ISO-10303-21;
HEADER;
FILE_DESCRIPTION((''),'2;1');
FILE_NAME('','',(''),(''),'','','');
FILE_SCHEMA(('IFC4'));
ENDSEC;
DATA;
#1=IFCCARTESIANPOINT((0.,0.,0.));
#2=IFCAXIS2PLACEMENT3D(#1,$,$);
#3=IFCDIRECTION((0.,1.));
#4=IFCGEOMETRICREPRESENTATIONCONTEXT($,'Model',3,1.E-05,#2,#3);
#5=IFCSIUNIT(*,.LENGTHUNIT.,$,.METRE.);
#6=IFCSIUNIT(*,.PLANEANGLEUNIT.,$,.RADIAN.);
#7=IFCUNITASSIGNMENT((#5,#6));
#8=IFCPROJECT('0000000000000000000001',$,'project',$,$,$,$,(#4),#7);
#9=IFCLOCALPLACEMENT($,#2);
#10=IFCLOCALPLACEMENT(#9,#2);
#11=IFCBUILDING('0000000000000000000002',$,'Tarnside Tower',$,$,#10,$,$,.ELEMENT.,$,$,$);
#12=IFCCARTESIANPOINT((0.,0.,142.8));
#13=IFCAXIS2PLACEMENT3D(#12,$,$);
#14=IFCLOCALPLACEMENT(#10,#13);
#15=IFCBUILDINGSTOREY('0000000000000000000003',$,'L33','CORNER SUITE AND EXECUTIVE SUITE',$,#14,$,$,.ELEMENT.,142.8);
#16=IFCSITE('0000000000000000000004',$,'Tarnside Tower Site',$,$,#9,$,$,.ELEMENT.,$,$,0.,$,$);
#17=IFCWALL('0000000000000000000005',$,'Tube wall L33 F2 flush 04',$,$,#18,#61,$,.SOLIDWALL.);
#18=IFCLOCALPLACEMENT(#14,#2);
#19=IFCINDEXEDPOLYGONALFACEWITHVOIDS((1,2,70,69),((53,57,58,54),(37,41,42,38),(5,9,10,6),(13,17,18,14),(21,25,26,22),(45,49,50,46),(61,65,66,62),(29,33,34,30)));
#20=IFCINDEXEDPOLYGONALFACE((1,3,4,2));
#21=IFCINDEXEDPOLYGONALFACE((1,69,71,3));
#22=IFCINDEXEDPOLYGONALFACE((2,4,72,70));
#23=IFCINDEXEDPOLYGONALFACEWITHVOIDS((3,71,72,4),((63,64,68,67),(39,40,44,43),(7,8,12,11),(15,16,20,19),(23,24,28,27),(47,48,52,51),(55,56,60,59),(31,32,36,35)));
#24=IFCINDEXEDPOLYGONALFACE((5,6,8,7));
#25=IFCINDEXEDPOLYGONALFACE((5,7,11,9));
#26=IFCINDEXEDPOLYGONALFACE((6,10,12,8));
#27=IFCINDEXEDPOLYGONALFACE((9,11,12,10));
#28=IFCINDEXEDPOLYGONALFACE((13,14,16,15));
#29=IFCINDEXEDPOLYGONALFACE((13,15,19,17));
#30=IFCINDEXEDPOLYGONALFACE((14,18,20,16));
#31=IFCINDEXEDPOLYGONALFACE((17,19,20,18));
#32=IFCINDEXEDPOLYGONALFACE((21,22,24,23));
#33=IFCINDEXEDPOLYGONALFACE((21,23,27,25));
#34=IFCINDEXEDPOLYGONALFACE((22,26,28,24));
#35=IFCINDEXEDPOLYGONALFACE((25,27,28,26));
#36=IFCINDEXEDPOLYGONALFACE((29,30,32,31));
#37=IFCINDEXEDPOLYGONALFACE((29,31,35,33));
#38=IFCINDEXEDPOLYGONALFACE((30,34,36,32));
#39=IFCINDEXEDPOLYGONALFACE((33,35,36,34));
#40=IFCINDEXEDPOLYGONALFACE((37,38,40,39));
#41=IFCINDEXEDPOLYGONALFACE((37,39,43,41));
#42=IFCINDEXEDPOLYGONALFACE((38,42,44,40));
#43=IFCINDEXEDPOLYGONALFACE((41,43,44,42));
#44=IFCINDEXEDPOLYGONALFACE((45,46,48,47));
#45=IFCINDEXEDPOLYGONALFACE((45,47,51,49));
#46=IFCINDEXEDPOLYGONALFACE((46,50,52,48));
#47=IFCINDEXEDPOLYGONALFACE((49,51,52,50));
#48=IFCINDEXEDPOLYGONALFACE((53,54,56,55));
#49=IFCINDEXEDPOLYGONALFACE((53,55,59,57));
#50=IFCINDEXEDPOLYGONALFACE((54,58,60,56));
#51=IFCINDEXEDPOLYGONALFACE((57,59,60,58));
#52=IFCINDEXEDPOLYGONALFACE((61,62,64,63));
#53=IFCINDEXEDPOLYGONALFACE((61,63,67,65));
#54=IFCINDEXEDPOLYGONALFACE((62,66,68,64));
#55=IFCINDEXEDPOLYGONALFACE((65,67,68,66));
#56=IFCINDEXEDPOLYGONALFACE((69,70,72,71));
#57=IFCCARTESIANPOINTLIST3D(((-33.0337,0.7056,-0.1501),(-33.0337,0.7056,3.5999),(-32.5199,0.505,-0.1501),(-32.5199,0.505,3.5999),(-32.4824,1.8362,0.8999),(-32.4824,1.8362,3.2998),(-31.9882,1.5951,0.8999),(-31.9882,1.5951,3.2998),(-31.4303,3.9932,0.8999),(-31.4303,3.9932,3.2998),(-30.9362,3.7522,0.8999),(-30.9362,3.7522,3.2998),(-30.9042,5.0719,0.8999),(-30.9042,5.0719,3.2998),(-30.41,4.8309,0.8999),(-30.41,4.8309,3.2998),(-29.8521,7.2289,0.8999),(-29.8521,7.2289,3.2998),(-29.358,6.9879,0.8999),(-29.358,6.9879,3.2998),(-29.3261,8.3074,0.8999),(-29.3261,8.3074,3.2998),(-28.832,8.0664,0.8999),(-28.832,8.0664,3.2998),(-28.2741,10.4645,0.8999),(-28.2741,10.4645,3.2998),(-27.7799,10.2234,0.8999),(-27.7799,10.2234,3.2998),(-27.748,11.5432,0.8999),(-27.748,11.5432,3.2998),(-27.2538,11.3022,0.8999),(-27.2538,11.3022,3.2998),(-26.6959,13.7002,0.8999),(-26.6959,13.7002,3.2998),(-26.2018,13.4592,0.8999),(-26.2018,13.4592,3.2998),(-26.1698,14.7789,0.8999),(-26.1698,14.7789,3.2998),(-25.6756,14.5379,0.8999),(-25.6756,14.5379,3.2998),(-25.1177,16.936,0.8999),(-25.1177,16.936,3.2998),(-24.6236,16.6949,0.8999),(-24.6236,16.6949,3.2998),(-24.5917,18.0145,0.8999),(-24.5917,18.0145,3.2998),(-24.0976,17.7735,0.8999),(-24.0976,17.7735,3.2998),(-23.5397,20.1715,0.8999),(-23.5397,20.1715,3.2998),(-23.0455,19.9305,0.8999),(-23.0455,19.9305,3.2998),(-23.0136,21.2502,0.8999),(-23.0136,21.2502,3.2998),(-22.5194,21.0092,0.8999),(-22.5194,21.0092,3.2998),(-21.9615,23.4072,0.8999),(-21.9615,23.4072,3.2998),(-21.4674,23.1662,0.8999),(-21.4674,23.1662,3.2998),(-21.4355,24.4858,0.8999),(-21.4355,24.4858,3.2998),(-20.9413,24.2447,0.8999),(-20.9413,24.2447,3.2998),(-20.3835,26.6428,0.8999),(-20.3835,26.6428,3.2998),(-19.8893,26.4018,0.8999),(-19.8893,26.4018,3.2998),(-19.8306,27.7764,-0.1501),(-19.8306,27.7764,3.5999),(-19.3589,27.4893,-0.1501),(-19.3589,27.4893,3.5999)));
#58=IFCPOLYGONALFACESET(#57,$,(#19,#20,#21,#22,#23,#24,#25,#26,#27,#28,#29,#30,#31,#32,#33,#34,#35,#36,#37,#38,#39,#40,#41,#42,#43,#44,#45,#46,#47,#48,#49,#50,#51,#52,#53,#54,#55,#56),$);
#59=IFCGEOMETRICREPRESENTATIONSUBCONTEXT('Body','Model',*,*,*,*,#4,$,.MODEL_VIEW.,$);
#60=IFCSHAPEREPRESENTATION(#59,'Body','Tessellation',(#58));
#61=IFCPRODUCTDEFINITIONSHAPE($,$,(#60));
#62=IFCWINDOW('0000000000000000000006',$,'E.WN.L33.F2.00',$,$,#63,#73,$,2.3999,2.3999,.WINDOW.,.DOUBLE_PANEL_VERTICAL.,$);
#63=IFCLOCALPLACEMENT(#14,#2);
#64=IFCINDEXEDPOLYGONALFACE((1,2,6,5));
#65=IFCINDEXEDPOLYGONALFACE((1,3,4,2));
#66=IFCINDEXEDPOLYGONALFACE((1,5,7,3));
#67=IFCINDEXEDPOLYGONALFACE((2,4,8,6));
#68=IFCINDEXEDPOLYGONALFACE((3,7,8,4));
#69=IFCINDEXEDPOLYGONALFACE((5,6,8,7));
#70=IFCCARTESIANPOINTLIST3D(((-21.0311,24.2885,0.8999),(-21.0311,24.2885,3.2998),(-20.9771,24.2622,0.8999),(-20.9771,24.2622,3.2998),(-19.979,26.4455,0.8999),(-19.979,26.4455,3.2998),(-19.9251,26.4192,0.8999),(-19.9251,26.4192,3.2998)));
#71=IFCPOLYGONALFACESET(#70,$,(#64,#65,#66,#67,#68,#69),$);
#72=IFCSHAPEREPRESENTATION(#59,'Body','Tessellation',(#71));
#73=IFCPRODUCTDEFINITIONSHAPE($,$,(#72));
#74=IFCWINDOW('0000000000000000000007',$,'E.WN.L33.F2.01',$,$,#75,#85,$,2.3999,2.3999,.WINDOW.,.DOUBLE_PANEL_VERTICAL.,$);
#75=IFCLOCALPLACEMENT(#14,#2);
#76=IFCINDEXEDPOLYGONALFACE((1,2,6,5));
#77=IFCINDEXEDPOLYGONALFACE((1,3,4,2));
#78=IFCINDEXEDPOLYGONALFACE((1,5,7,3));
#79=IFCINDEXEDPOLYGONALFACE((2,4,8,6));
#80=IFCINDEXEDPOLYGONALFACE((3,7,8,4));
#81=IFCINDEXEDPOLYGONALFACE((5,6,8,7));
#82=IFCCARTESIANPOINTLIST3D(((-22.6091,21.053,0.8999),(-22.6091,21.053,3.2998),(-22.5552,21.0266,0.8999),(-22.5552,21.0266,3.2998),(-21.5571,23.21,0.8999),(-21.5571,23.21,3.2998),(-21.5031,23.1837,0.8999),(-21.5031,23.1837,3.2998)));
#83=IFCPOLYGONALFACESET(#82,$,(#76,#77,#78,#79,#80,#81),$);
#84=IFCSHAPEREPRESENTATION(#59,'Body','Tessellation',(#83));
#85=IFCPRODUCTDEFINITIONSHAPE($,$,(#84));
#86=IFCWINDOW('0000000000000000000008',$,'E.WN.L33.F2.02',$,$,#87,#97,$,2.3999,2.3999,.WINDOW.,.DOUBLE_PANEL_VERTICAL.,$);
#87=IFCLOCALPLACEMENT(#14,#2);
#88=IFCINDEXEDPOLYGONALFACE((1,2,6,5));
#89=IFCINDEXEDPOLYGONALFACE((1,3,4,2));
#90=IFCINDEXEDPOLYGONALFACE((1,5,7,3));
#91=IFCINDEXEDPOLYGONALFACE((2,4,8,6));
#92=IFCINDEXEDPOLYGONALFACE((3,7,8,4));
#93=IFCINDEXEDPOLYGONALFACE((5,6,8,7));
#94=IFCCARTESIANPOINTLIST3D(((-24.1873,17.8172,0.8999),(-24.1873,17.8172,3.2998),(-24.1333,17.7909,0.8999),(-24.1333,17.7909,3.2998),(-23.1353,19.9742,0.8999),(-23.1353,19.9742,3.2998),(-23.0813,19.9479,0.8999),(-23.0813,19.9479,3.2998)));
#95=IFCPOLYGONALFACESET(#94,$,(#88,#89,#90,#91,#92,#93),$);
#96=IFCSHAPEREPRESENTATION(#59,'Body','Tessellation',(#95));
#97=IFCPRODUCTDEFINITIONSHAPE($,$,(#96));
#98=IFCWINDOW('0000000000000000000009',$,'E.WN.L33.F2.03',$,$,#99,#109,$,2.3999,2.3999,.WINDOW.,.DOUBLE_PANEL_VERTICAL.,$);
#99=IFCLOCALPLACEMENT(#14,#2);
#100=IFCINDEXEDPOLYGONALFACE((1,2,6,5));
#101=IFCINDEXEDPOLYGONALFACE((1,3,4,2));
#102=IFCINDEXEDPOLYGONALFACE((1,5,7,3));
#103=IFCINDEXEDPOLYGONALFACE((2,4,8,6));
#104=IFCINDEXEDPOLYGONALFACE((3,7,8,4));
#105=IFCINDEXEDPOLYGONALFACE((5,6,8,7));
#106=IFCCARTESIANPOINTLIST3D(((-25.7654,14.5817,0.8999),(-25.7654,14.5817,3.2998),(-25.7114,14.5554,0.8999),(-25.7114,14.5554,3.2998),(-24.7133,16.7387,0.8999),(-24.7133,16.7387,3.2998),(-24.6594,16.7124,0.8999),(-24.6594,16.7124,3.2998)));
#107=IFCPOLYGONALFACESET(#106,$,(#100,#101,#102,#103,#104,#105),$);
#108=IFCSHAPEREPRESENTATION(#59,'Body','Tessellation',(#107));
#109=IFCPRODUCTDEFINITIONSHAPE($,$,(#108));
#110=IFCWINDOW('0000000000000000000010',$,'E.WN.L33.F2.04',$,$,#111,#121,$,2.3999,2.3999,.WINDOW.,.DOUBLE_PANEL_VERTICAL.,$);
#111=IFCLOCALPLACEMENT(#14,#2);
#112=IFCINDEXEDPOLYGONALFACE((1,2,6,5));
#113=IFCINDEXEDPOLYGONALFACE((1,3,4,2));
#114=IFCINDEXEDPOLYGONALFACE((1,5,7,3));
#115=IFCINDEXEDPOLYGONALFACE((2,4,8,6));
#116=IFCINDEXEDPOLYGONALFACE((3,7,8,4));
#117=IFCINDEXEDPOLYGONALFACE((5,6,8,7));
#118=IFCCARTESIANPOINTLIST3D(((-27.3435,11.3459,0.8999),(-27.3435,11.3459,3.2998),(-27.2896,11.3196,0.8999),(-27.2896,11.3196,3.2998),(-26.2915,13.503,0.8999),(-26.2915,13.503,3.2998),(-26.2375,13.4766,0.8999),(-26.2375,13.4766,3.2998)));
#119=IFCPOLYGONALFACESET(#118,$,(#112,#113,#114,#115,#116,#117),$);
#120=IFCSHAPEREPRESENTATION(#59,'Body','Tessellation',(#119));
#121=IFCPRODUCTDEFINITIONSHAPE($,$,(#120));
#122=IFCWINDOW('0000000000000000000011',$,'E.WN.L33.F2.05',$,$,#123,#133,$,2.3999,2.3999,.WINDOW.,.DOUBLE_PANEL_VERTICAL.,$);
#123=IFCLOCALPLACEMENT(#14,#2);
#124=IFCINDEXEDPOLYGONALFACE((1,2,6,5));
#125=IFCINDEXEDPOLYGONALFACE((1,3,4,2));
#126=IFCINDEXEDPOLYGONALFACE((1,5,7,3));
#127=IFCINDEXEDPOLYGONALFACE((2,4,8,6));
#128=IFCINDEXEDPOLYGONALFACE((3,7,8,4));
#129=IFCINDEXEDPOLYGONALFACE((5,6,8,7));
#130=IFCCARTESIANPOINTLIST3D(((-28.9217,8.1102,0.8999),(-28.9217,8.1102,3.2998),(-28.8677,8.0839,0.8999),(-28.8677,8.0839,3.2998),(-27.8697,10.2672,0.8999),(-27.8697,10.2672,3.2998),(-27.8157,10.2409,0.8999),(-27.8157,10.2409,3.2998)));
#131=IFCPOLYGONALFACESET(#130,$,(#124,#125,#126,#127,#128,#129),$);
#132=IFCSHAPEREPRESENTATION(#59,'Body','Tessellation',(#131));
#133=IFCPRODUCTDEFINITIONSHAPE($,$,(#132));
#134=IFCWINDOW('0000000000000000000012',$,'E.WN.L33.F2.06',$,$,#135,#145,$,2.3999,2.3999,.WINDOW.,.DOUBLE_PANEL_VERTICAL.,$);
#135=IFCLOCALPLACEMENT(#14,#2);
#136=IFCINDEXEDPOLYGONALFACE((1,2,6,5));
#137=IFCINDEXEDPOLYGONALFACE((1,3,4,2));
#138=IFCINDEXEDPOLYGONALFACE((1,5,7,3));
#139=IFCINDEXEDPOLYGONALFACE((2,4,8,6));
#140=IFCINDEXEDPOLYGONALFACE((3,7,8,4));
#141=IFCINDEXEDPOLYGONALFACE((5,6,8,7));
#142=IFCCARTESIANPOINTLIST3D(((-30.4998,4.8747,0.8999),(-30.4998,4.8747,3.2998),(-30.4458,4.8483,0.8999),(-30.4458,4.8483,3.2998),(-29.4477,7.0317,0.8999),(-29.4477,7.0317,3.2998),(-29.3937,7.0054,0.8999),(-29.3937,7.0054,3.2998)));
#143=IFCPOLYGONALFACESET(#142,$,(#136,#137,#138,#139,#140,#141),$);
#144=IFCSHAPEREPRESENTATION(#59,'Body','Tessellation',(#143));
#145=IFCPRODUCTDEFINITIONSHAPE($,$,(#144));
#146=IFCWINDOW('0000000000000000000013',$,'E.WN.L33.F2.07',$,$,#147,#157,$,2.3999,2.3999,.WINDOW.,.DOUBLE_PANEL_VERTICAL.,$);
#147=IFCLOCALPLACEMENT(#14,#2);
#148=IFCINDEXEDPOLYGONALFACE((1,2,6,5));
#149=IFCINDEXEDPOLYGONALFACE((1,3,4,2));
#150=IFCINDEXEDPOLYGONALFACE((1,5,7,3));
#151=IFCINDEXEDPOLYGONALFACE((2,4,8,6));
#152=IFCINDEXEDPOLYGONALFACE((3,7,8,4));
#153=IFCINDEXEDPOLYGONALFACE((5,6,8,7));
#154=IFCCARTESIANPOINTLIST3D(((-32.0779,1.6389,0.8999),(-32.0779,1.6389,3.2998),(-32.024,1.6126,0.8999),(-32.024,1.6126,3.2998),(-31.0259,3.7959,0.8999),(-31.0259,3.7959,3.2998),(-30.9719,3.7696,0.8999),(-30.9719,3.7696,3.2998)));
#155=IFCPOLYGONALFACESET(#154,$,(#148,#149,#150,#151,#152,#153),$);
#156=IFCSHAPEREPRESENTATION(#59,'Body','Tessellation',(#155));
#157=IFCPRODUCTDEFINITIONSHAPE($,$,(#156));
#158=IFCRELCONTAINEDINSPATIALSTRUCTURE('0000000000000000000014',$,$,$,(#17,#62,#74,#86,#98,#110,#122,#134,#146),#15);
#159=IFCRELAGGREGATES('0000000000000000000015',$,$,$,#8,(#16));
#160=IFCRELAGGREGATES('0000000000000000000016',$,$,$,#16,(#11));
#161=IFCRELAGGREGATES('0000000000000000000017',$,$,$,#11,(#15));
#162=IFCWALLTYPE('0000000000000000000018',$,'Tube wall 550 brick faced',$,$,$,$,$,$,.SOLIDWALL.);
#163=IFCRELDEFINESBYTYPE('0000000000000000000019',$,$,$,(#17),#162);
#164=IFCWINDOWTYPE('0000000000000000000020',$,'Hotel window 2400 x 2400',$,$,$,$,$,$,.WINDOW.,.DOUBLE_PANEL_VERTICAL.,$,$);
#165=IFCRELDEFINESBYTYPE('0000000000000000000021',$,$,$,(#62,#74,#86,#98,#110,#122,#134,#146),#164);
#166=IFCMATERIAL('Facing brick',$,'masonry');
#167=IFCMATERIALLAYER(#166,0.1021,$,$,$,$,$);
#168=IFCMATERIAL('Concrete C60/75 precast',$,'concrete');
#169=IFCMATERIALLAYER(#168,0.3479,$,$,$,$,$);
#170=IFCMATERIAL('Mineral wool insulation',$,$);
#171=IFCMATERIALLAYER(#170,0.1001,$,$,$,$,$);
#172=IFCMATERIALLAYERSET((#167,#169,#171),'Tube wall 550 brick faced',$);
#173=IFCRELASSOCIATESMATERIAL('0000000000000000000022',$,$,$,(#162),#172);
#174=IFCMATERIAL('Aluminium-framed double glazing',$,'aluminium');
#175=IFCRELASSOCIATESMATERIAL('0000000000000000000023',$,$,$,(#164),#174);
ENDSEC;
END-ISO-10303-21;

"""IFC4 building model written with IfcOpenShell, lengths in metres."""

from ifc_helpers import new_model, si_unit, direction, frame, frame_2d, origin, place, context, subcontext, project, spatial, polyline, rectangle, outline, extrude, material, layer, layer_set, type_object, element, fill, save


model = new_model("IFC4")

# Units and contexts
model_context = context("Model", 3, precision=1e-05, world=origin(), true_north=direction((0.0, 1.0)))
body_context = subcontext(model_context, "Body", "Model", "MODEL_VIEW")
ifc_project = project(units=[si_unit("LENGTHUNIT", "METRE"), si_unit("PLANEANGLEUNIT", "RADIAN")], contexts=[model_context])

# Site, building, storey
site_placement = place(None, origin())
site = spatial("IfcSite", under=ifc_project, at=site_placement, Name="Tarnside Tower Site", CompositionType="ELEMENT", RefElevation=0.0)
building_placement = place(site_placement, origin())
building = spatial("IfcBuilding", under=site, at=building_placement, Name="Tarnside Tower", CompositionType="ELEMENT")
storey_placement = place(building_placement, frame((0.0, 0.0, 142.8)))
storey = spatial("IfcBuildingStorey", under=building, at=storey_placement, Name="L33", Description="CORNER SUITE AND EXECUTIVE SUITE", CompositionType="ELEMENT", Elevation=142.8)

# Shared definitions
ifc_material_1 = material(Name="Facing brick", Category="masonry")
ifc_layer_1 = layer(ifc_material_1, 0.1021)
ifc_material_2 = material(Name="Concrete C60/75 precast", Category="concrete")
ifc_layer_2 = layer(ifc_material_2, 0.3479)
ifc_material_3 = material(Name="Mineral wool insulation")
ifc_layer_3 = layer(ifc_material_3, 0.1001)
ifc_layer_set_1 = layer_set([ifc_layer_1, ifc_layer_2, ifc_layer_3], Name="Tube wall 550 brick faced")
wall_type_1 = type_object("IfcWallType", Name="Tube wall 550 brick faced", PredefinedType="SOLIDWALL", material=ifc_layer_set_1)

# Wall, openings, windows
wall_1_placement = place(storey_placement, frame((-19.5947, 27.6328, -0.1501), z_axis=(0.0, 0.0, 1.0), x_axis=(-0.438368, -0.898795, 0.0)))
wall_1 = element("IfcWall", 1, at=wall_1_placement, inside=storey, type_object=wall_type_1, Name="Tube wall L33 F2 flush 04", PredefinedType="SOLIDWALL", context=body_context, shape_type="SweptSolid", body=[
    extrude(outline(polyline([(-0.0256, -0.2749), (30.0933, -0.2749), (30.0483, 0.2749), (0.0256, 0.2749), (-0.0256, -0.2749)])), origin(), (0.0, 0.0, 1.0), 3.75),
])
opening_1_placement = place(wall_1_placement, frame((1.2356, 0.0, 1.05)))
opening_1 = element("IfcOpeningElement", 2, at=opening_1_placement, cuts=wall_1, PredefinedType="OPENING", context=body_context, shape_type="SweptSolid", body=[
    extrude(rectangle(XDim=2.3999, YDim=2.3999, at=frame_2d((1.2, 1.2))), frame((0.0, 0.2852, 0.0), z_axis=(0.0, -1.0, 0.0), x_axis=(1.0, 0.0, 0.0)), (0.0, 0.0, 1.0), 0.5701),
])
opening_2_placement = place(wall_1_placement, frame((4.8354, 0.0, 1.05)))
opening_2 = element("IfcOpeningElement", 3, at=opening_2_placement, cuts=wall_1, PredefinedType="OPENING", context=body_context, shape_type="SweptSolid", body=[
    extrude(rectangle(XDim=2.3999, YDim=2.3999, at=frame_2d((1.2, 1.2))), frame((0.0, 0.2852, 0.0), z_axis=(0.0, -1.0, 0.0), x_axis=(1.0, 0.0, 0.0)), (0.0, 0.0, 1.0), 0.5701),
])
opening_3_placement = place(wall_1_placement, frame((8.4355, 0.0, 1.05)))
opening_3 = element("IfcOpeningElement", 4, at=opening_3_placement, cuts=wall_1, PredefinedType="OPENING", context=body_context, shape_type="SweptSolid", body=[
    extrude(rectangle(XDim=2.3999, YDim=2.3999, at=frame_2d((1.2, 1.2))), frame((0.0, 0.2852, 0.0), z_axis=(0.0, -1.0, 0.0), x_axis=(1.0, 0.0, 0.0)), (0.0, 0.0, 1.0), 0.5701),
])
opening_4_placement = place(wall_1_placement, frame((12.0354, 0.0, 1.05)))
opening_4 = element("IfcOpeningElement", 5, at=opening_4_placement, cuts=wall_1, PredefinedType="OPENING", context=body_context, shape_type="SweptSolid", body=[
    extrude(rectangle(XDim=2.3999, YDim=2.3999, at=frame_2d((1.2, 1.2))), frame((0.0, 0.2852, 0.0), z_axis=(0.0, -1.0, 0.0), x_axis=(1.0, 0.0, 0.0)), (0.0, 0.0, 1.0), 0.5701),
])
opening_5_placement = place(wall_1_placement, frame((15.6355, 0.0, 1.05)))
opening_5 = element("IfcOpeningElement", 6, at=opening_5_placement, cuts=wall_1, PredefinedType="OPENING", context=body_context, shape_type="SweptSolid", body=[
    extrude(rectangle(XDim=2.3999, YDim=2.3999, at=frame_2d((1.2, 1.2))), frame((0.0, 0.2852, 0.0), z_axis=(0.0, -1.0, 0.0), x_axis=(1.0, 0.0, 0.0)), (0.0, 0.0, 1.0), 0.5701),
])
opening_6_placement = place(wall_1_placement, frame((19.2356, 0.0, 1.05)))
opening_6 = element("IfcOpeningElement", 7, at=opening_6_placement, cuts=wall_1, PredefinedType="OPENING", context=body_context, shape_type="SweptSolid", body=[
    extrude(rectangle(XDim=2.3999, YDim=2.3999, at=frame_2d((1.2, 1.2))), frame((0.0, 0.2852, 0.0), z_axis=(0.0, -1.0, 0.0), x_axis=(1.0, 0.0, 0.0)), (0.0, 0.0, 1.0), 0.5701),
])
opening_7_placement = place(wall_1_placement, frame((22.8354, 0.0, 1.05)))
opening_7 = element("IfcOpeningElement", 8, at=opening_7_placement, cuts=wall_1, PredefinedType="OPENING", context=body_context, shape_type="SweptSolid", body=[
    extrude(rectangle(XDim=2.3999, YDim=2.3999, at=frame_2d((1.2, 1.2))), frame((0.0, 0.2852, 0.0), z_axis=(0.0, -1.0, 0.0), x_axis=(1.0, 0.0, 0.0)), (0.0, 0.0, 1.0), 0.5701),
])
opening_8_placement = place(wall_1_placement, frame((26.4355, 0.0, 1.05)))
opening_8 = element("IfcOpeningElement", 9, at=opening_8_placement, cuts=wall_1, PredefinedType="OPENING", context=body_context, shape_type="SweptSolid", body=[
    extrude(rectangle(XDim=2.3999, YDim=2.3999, at=frame_2d((1.2, 1.2))), frame((0.0, 0.2852, 0.0), z_axis=(0.0, -1.0, 0.0), x_axis=(1.0, 0.0, 0.0)), (0.0, 0.0, 1.0), 0.5701),
])
ifc_material_4 = material(Name="Aluminium-framed double glazing", Category="aluminium")
window_type = type_object("IfcWindowType", Name="Hotel window 2400 x 2400", PartitioningType="DOUBLE_PANEL_VERTICAL", PredefinedType="WINDOW", material=ifc_material_4)
window_1_placement = place(opening_1_placement, frame((0.0, 0.2051, 0.0)))
window_1 = element("IfcWindow", 10, at=window_1_placement, inside=storey, type_object=window_type, Name="E.WN.L33.F2.00", OverallHeight=2.3999, OverallWidth=2.3999, PartitioningType="DOUBLE_PANEL_VERTICAL", PredefinedType="WINDOW", context=body_context, shape_type="SweptSolid", body=[
    extrude(rectangle(XDim=2.3999, YDim=2.3999, at=frame_2d((1.2, 1.2))), frame((0.0, 0.03, 0.0), z_axis=(0.0, -1.0, 0.0), x_axis=(1.0, 0.0, 0.0)), (0.0, 0.0, 1.0), 0.0601),
])
fill(opening_1, window_1)
window_2_placement = place(opening_2_placement, frame((0.0, 0.2051, 0.0)))
window_2 = element("IfcWindow", 11, at=window_2_placement, inside=storey, type_object=window_type, Name="E.WN.L33.F2.01", OverallHeight=2.3999, OverallWidth=2.3999, PartitioningType="DOUBLE_PANEL_VERTICAL", PredefinedType="WINDOW", context=body_context, shape_type="SweptSolid", body=[
    extrude(rectangle(XDim=2.3999, YDim=2.3999, at=frame_2d((1.2, 1.2))), frame((0.0, 0.03, 0.0), z_axis=(0.0, -1.0, 0.0), x_axis=(1.0, 0.0, 0.0)), (0.0, 0.0, 1.0), 0.0601),
])
fill(opening_2, window_2)
window_3_placement = place(opening_3_placement, frame((0.0, 0.2051, 0.0)))
window_3 = element("IfcWindow", 12, at=window_3_placement, inside=storey, type_object=window_type, Name="E.WN.L33.F2.02", OverallHeight=2.3999, OverallWidth=2.3999, PartitioningType="DOUBLE_PANEL_VERTICAL", PredefinedType="WINDOW", context=body_context, shape_type="SweptSolid", body=[
    extrude(rectangle(XDim=2.3999, YDim=2.3999, at=frame_2d((1.2, 1.2))), frame((0.0, 0.03, 0.0), z_axis=(0.0, -1.0, 0.0), x_axis=(1.0, 0.0, 0.0)), (0.0, 0.0, 1.0), 0.0601),
])
fill(opening_3, window_3)
window_4_placement = place(opening_4_placement, frame((0.0, 0.2051, 0.0)))
window_4 = element("IfcWindow", 13, at=window_4_placement, inside=storey, type_object=window_type, Name="E.WN.L33.F2.03", OverallHeight=2.3999, OverallWidth=2.3999, PartitioningType="DOUBLE_PANEL_VERTICAL", PredefinedType="WINDOW", context=body_context, shape_type="SweptSolid", body=[
    extrude(rectangle(XDim=2.3999, YDim=2.3999, at=frame_2d((1.2, 1.2))), frame((0.0, 0.03, 0.0), z_axis=(0.0, -1.0, 0.0), x_axis=(1.0, 0.0, 0.0)), (0.0, 0.0, 1.0), 0.0601),
])
fill(opening_4, window_4)
window_5_placement = place(opening_5_placement, frame((0.0, 0.2051, 0.0)))
window_5 = element("IfcWindow", 14, at=window_5_placement, inside=storey, type_object=window_type, Name="E.WN.L33.F2.04", OverallHeight=2.3999, OverallWidth=2.3999, PartitioningType="DOUBLE_PANEL_VERTICAL", PredefinedType="WINDOW", context=body_context, shape_type="SweptSolid", body=[
    extrude(rectangle(XDim=2.3999, YDim=2.3999, at=frame_2d((1.2, 1.2))), frame((0.0, 0.03, 0.0), z_axis=(0.0, -1.0, 0.0), x_axis=(1.0, 0.0, 0.0)), (0.0, 0.0, 1.0), 0.0601),
])
fill(opening_5, window_5)
window_6_placement = place(opening_6_placement, frame((0.0, 0.2051, 0.0)))
window_6 = element("IfcWindow", 15, at=window_6_placement, inside=storey, type_object=window_type, Name="E.WN.L33.F2.05", OverallHeight=2.3999, OverallWidth=2.3999, PartitioningType="DOUBLE_PANEL_VERTICAL", PredefinedType="WINDOW", context=body_context, shape_type="SweptSolid", body=[
    extrude(rectangle(XDim=2.3999, YDim=2.3999, at=frame_2d((1.2, 1.2))), frame((0.0, 0.03, 0.0), z_axis=(0.0, -1.0, 0.0), x_axis=(1.0, 0.0, 0.0)), (0.0, 0.0, 1.0), 0.0601),
])
fill(opening_6, window_6)
window_7_placement = place(opening_7_placement, frame((0.0, 0.2051, 0.0)))
window_7 = element("IfcWindow", 16, at=window_7_placement, inside=storey, type_object=window_type, Name="E.WN.L33.F2.06", OverallHeight=2.3999, OverallWidth=2.3999, PartitioningType="DOUBLE_PANEL_VERTICAL", PredefinedType="WINDOW", context=body_context, shape_type="SweptSolid", body=[
    extrude(rectangle(XDim=2.3999, YDim=2.3999, at=frame_2d((1.2, 1.2))), frame((0.0, 0.03, 0.0), z_axis=(0.0, -1.0, 0.0), x_axis=(1.0, 0.0, 0.0)), (0.0, 0.0, 1.0), 0.0601),
])
fill(opening_7, window_7)
window_8_placement = place(opening_8_placement, frame((0.0, 0.2051, 0.0)))
window_8 = element("IfcWindow", 17, at=window_8_placement, inside=storey, type_object=window_type, Name="E.WN.L33.F2.07", OverallHeight=2.3999, OverallWidth=2.3999, PartitioningType="DOUBLE_PANEL_VERTICAL", PredefinedType="WINDOW", context=body_context, shape_type="SweptSolid", body=[
    extrude(rectangle(XDim=2.3999, YDim=2.3999, at=frame_2d((1.2, 1.2))), frame((0.0, 0.03, 0.0), z_axis=(0.0, -1.0, 0.0), x_axis=(1.0, 0.0, 0.0)), (0.0, 0.0, 1.0), 0.0601),
])
fill(opening_8, window_8)

save(model, "model.ifc")
